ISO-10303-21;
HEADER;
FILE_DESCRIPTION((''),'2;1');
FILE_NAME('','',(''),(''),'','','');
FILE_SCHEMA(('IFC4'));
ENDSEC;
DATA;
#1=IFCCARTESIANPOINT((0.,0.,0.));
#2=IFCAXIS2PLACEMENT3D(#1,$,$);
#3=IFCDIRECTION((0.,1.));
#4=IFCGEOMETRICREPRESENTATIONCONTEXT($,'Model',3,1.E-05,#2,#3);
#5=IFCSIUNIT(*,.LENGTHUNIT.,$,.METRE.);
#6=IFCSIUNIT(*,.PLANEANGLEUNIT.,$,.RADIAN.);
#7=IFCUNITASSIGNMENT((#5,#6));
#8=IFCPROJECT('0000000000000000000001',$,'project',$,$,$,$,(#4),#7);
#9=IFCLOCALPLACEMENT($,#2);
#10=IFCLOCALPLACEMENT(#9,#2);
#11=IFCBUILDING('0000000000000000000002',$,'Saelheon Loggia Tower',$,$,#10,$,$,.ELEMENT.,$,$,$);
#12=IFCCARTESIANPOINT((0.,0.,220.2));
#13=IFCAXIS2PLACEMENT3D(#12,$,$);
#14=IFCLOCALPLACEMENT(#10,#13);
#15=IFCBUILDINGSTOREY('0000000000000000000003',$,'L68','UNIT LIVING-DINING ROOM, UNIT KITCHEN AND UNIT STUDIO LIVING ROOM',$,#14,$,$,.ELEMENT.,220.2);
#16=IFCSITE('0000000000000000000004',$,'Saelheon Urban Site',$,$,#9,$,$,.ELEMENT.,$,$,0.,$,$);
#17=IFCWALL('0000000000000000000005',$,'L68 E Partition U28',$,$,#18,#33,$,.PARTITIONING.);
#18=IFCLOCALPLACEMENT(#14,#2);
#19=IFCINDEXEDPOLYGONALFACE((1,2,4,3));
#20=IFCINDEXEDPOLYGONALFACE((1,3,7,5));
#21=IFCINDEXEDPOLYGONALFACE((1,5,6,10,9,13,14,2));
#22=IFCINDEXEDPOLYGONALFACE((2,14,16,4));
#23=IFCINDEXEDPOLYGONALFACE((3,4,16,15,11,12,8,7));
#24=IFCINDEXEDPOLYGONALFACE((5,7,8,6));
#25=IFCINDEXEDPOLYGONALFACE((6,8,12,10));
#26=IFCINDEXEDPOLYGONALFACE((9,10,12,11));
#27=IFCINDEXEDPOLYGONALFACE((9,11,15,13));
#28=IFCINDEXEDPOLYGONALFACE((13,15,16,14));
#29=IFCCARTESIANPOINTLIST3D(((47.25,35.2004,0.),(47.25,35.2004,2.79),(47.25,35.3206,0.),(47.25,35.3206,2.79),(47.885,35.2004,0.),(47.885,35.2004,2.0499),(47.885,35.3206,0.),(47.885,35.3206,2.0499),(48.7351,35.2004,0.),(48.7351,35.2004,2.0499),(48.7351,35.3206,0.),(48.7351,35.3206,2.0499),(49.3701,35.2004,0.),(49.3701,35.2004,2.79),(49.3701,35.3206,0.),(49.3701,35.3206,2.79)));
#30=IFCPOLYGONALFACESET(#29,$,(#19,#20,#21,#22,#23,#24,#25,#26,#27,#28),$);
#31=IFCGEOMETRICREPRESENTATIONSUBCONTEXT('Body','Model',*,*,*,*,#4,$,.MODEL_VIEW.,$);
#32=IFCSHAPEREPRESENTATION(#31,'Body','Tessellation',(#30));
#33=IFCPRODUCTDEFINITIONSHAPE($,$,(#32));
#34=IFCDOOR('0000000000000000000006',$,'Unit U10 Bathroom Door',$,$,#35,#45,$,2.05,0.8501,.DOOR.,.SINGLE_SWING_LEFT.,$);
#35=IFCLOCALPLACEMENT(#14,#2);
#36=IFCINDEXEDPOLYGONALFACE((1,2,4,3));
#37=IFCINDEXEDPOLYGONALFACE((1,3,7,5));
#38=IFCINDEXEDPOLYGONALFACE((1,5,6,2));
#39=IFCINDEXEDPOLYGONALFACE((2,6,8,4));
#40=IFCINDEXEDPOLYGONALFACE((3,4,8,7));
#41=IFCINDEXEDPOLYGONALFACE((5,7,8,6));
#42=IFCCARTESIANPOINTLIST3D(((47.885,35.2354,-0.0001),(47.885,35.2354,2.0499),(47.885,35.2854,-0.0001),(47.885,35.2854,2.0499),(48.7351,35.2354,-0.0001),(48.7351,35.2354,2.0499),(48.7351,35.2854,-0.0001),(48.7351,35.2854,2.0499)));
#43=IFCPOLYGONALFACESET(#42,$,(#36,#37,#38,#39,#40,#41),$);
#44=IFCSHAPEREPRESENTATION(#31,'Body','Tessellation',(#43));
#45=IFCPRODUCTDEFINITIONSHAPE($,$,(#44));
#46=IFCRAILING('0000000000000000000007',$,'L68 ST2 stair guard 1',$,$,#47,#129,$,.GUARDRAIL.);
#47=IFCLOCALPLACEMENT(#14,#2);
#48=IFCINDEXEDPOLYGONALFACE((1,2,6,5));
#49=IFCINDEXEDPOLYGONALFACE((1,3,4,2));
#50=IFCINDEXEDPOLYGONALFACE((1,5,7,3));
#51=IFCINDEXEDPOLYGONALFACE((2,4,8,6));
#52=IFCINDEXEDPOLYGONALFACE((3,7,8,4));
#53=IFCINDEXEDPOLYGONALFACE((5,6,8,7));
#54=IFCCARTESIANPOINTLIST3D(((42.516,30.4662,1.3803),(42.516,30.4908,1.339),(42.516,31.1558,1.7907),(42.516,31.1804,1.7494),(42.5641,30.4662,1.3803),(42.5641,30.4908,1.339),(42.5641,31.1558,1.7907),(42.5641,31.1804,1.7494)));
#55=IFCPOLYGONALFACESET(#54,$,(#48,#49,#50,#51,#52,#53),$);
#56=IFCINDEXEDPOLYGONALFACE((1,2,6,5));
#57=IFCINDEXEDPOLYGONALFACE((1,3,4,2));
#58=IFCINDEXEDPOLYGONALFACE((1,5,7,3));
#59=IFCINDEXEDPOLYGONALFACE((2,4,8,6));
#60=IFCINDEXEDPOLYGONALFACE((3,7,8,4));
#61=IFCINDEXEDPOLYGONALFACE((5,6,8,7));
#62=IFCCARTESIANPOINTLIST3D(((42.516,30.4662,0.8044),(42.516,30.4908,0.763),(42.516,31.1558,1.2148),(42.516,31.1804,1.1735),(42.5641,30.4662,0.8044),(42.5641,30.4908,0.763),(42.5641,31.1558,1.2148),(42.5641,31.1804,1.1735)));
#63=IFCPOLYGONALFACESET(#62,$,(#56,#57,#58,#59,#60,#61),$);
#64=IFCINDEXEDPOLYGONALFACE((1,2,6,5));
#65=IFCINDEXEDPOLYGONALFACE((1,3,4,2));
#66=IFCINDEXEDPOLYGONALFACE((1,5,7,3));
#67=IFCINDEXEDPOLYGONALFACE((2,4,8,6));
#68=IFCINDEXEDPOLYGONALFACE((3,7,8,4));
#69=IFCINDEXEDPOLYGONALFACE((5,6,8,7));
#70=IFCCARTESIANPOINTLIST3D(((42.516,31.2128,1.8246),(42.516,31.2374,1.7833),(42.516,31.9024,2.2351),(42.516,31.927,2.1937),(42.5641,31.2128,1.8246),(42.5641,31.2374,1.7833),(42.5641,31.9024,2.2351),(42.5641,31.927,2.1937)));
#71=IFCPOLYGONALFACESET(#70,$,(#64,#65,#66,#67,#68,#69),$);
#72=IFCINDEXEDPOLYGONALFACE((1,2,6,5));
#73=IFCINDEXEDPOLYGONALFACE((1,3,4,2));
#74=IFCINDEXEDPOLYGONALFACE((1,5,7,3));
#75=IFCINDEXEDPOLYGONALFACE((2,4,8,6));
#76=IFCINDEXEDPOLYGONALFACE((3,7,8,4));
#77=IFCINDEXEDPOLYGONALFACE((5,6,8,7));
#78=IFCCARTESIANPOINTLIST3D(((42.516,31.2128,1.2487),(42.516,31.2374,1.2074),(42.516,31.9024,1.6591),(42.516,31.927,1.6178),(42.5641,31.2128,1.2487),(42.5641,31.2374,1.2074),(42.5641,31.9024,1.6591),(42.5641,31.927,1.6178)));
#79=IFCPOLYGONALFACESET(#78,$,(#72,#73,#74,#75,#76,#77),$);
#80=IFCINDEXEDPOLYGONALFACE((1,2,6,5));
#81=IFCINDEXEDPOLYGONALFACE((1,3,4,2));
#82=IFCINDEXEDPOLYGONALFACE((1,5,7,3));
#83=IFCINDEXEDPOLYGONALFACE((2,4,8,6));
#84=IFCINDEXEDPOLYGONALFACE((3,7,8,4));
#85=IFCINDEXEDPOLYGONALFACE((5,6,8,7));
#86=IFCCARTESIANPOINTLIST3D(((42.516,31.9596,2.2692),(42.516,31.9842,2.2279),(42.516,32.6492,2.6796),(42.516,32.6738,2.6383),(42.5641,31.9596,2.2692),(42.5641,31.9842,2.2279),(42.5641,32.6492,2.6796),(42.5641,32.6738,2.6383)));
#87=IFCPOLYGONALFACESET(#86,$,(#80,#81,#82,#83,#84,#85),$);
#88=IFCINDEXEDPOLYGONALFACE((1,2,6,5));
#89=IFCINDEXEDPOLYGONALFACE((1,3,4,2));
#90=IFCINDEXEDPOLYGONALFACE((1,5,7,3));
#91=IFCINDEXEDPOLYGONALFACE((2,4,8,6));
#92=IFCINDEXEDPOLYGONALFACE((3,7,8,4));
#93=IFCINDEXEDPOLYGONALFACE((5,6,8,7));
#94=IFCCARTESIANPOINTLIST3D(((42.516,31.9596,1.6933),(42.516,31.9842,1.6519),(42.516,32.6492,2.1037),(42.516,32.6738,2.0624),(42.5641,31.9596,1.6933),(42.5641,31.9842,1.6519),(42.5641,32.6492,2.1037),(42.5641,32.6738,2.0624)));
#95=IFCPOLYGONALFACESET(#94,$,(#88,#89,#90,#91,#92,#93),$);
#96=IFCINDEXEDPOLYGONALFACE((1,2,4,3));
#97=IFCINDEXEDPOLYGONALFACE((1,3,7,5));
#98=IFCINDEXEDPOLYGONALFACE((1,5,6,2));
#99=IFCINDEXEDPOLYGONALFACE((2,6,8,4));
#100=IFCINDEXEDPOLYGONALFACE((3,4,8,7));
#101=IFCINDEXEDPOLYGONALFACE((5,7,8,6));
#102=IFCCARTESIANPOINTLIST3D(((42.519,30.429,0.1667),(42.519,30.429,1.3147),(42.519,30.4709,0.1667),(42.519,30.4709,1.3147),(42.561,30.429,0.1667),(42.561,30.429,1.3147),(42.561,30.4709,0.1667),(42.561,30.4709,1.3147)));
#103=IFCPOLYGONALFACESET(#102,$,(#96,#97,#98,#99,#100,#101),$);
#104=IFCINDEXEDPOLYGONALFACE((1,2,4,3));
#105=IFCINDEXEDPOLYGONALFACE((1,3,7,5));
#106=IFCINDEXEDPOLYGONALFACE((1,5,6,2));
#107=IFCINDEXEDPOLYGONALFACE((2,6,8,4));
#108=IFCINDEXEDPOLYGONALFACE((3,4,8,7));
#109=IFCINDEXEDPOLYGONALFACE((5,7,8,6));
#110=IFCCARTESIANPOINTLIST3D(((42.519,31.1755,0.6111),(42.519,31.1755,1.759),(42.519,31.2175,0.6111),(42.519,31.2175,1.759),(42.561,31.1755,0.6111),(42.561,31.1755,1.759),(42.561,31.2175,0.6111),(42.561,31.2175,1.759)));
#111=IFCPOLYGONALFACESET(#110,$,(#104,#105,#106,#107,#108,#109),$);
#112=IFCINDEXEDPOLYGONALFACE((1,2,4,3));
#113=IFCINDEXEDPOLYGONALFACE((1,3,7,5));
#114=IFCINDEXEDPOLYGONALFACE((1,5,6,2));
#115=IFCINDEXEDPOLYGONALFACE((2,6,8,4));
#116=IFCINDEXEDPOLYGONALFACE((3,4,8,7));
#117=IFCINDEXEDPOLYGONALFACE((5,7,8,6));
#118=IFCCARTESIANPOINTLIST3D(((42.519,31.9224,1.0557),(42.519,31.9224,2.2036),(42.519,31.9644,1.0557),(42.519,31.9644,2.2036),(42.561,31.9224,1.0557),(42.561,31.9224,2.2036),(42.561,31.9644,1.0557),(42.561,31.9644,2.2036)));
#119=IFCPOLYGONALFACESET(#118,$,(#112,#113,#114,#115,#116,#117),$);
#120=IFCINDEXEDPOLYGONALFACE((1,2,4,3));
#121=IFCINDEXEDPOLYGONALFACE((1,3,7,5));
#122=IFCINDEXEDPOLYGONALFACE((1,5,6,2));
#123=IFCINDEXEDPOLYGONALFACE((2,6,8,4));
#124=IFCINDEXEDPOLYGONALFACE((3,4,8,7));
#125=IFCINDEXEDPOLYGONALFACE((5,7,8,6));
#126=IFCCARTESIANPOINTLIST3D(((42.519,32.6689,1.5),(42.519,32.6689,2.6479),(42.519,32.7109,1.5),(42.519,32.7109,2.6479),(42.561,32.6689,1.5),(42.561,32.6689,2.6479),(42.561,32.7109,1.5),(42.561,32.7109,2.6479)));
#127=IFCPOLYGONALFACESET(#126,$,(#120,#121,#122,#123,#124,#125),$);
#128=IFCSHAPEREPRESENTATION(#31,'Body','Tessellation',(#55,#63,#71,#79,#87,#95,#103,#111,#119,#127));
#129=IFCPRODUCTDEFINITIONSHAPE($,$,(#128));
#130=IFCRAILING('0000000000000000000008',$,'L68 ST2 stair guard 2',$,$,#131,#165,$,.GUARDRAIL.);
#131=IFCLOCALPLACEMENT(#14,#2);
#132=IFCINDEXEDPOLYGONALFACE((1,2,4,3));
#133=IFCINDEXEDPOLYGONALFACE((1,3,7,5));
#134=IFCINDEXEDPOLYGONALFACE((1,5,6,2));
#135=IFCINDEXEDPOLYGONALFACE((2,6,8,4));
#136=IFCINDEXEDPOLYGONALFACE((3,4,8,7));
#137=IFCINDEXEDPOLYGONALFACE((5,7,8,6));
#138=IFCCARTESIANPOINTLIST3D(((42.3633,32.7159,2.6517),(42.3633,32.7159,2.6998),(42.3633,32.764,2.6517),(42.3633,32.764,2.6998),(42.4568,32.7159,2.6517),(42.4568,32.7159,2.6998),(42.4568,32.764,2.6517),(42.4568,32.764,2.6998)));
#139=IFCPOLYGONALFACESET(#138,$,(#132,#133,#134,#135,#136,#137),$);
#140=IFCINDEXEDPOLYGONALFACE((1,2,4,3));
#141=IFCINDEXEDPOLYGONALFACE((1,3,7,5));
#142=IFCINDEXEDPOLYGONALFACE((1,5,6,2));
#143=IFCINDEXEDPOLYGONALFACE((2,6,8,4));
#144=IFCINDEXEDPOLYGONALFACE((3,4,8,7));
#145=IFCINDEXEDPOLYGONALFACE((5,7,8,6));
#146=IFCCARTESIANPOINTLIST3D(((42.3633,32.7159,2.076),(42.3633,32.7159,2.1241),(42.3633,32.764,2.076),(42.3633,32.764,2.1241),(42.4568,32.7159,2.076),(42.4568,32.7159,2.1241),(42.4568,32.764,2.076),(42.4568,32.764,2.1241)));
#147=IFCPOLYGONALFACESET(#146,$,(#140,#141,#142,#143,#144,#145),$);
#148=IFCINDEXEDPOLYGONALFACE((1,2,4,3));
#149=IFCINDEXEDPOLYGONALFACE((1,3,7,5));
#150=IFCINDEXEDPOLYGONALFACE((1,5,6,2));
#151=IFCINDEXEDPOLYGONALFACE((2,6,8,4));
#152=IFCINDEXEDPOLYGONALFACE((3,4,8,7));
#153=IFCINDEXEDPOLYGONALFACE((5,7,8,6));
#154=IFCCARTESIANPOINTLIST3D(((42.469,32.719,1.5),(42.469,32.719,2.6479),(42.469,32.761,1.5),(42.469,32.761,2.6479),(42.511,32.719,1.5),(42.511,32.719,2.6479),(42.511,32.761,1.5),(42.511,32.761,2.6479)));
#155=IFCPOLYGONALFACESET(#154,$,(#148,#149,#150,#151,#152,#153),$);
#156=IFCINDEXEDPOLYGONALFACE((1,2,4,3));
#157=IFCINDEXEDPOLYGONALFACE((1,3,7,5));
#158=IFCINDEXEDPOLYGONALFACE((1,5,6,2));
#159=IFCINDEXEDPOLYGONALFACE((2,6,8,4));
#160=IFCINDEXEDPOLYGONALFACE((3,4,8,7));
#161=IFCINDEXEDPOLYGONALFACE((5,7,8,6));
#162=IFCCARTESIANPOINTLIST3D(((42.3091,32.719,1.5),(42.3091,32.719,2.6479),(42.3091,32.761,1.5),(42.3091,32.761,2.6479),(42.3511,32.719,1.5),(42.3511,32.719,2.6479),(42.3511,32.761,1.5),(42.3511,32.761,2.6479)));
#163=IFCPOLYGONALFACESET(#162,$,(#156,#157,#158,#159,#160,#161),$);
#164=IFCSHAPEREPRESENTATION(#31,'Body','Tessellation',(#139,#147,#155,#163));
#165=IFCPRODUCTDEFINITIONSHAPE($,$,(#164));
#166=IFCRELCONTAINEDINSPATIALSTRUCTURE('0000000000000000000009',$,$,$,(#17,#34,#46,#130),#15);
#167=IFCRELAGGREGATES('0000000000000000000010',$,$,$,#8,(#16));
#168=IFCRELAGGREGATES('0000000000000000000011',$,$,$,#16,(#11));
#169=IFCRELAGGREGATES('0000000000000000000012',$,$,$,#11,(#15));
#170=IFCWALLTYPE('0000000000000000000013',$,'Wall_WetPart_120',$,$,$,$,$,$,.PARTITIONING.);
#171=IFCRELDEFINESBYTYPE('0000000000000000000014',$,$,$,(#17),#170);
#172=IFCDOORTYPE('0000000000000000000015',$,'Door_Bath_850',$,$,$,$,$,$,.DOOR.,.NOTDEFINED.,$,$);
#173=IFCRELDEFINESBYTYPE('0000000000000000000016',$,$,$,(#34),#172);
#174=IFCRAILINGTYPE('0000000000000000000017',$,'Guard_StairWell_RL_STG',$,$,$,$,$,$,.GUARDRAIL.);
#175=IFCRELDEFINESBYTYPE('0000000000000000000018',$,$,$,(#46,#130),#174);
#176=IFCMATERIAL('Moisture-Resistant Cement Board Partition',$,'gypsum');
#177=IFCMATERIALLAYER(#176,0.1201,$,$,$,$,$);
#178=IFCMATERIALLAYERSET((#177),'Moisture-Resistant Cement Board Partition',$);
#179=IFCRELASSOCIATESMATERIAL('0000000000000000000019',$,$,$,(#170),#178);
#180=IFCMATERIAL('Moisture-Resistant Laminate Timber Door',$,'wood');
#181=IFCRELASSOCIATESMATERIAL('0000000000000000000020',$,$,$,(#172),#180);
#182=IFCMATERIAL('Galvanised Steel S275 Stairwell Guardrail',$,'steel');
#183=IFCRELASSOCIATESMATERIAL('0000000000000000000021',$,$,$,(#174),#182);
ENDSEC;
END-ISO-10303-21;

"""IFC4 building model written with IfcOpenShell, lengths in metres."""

from ifc_helpers import new_model, si_unit, direction, frame, frame_2d, origin, origin_2d, place, context, subcontext, project, spatial, rectangle, extrude, source, transform, mapped, material, layer, layer_set, type_object, element, fill, save


model = new_model("IFC4")

# Units and contexts
model_context = context("Model", 3, precision=1e-05, world=origin(), true_north=direction((0.0, 1.0)))
body_context = subcontext(model_context, "Body", "Model", "MODEL_VIEW")
ifc_project = project(units=[si_unit("LENGTHUNIT", "METRE"), si_unit("PLANEANGLEUNIT", "RADIAN")], contexts=[model_context])

# Site, building, storey
site_placement = place(None, origin())
site = spatial("IfcSite", under=ifc_project, at=site_placement, Name="Saelheon Urban Site", CompositionType="ELEMENT", RefElevation=0.0)
building_placement = place(site_placement, origin())
building = spatial("IfcBuilding", under=site, at=building_placement, Name="Saelheon Loggia Tower", CompositionType="ELEMENT")
storey_placement = place(building_placement, frame((0.0, 0.0, 220.2)))
storey = spatial("IfcBuildingStorey", under=building, at=storey_placement, Name="L68", Description="UNIT LIVING-DINING ROOM, UNIT KITCHEN AND UNIT STUDIO LIVING ROOM", CompositionType="ELEMENT", Elevation=220.2)

# Shared definitions
ifc_material_1 = material(Name="Moisture-Resistant Cement Board Partition", Category="gypsum")
ifc_layer_1 = layer(ifc_material_1, 0.1201)
ifc_layer_set_1 = layer_set([ifc_layer_1], Name="Moisture-Resistant Cement Board Partition")
wall_type_1 = type_object("IfcWallType", Name="Wall_WetPart_120", PredefinedType="PARTITIONING", material=ifc_layer_set_1)

# Wall, opening, door
wall_1_placement = place(storey_placement, frame((47.25, 35.2605, 0.0), z_axis=(0.0, 0.0, 1.0), x_axis=(1.0, 0.0, 0.0)))
wall_1 = element("IfcWall", 1, at=wall_1_placement, inside=storey, type_object=wall_type_1, Name="L68 E Partition U28", PredefinedType="PARTITIONING", context=body_context, shape_type="SweptSolid", body=[
    extrude(rectangle(XDim=2.1201, YDim=0.1201, at=frame_2d((1.0601, 0.0))), origin(), (0.0, 0.0, 1.0), 2.79),
])
opening_1_placement = place(wall_1_placement, frame((0.635, 0.0, 0.0)))
opening_1 = element("IfcOpeningElement", 2, at=opening_1_placement, cuts=wall_1, PredefinedType="OPENING", context=body_context, shape_type="SweptSolid", body=[
    extrude(rectangle(XDim=0.8501, YDim=2.05, at=frame_2d((0.425, 1.0249))), frame((0.0, 0.072, 0.0), z_axis=(0.0, -1.0, 0.0), x_axis=(1.0, 0.0, 0.0)), (0.0, 0.0, 1.0), 0.144),
])
ifc_material_2 = material(Name="Moisture-Resistant Laminate Timber Door", Category="wood")
door_type_1 = type_object("IfcDoorType", Name="Door_Bath_850", OperationType="NOTDEFINED", PredefinedType="DOOR", material=ifc_material_2)
shared_shape_1 = source(origin(), body_context, "Body", "SweptSolid", [
    extrude(rectangle(XDim=0.8501, YDim=2.05, at=frame_2d((0.425, 1.0249))), frame((0.0, 0.0249, 0.0), z_axis=(0.0, -1.0, 0.0), x_axis=(1.0, 0.0, 0.0)), (0.0, 0.0, 1.0), 0.05),
])
door_1_placement = place(opening_1_placement, origin())
door_1 = element("IfcDoor", 3, at=door_1_placement, inside=storey, type_object=door_type_1, Name="Unit U10 Bathroom Door", OperationType="SINGLE_SWING_LEFT", OverallHeight=2.05, OverallWidth=0.8501, PredefinedType="DOOR", context=body_context, shape_type="MappedRepresentation", body=[
    mapped(shared_shape_1, transform((0.0, 0.0, 0.0), scale=1.0)),
])
fill(opening_1, door_1)

# Railings
ifc_material_3 = material(Name="Galvanised Steel S275 Stairwell Guardrail", Category="steel")
railing_type_1 = type_object("IfcRailingType", Name="Guard_StairWell_RL_STG", PredefinedType="GUARDRAIL", material=ifc_material_3)
railing_1_placement = place(storey_placement, frame((42.54, 30.45, 0.1667)))
element("IfcRailing", 4, at=railing_1_placement, inside=storey, type_object=railing_type_1, Name="L68 ST2 stair guard 1", PredefinedType="GUARDRAIL", context=body_context, shape_type="SweptSolid", body=[
    extrude(rectangle(XDim=0.0481, YDim=0.0481, at=origin_2d()), frame((0.0, 0.0286, 1.1929), z_axis=(0.0, 0.859306, 0.511462), x_axis=(-1.0, 0.0, 0.0)), (0.0, 0.0, 1.0), 0.8025),
    extrude(rectangle(XDim=0.0481, YDim=0.0481, at=origin_2d()), frame((0.0, 0.0286, 0.6169), z_axis=(0.0, 0.859306, 0.511462), x_axis=(-1.0, 0.0, 0.0)), (0.0, 0.0, 1.0), 0.8025),
    extrude(rectangle(XDim=0.0481, YDim=0.0481, at=origin_2d()), frame((0.0, 0.7751, 1.6372), z_axis=(0.0, 0.859306, 0.511462), x_axis=(-1.0, 0.0, 0.0)), (0.0, 0.0, 1.0), 0.8025),
    extrude(rectangle(XDim=0.0481, YDim=0.0481, at=origin_2d()), frame((0.0, 0.7751, 1.0613), z_axis=(0.0, 0.859306, 0.511462), x_axis=(-1.0, 0.0, 0.0)), (0.0, 0.0, 1.0), 0.8025),
    extrude(rectangle(XDim=0.0481, YDim=0.0481, at=origin_2d()), frame((0.0, 1.522, 2.0818), z_axis=(0.0, 0.859306, 0.511462), x_axis=(-1.0, 0.0, 0.0)), (0.0, 0.0, 1.0), 0.8025),
    extrude(rectangle(XDim=0.0481, YDim=0.0481, at=origin_2d()), frame((0.0, 1.522, 1.5059), z_axis=(0.0, 0.859306, 0.511462), x_axis=(-1.0, 0.0, 0.0)), (0.0, 0.0, 1.0), 0.8025),
    extrude(rectangle(XDim=0.042, YDim=0.042, at=origin_2d()), origin(), (0.0, 0.0, 1.0), 1.1479),
    extrude(rectangle(XDim=0.042, YDim=0.042, at=origin_2d()), frame((0.0, 0.7466, 0.4443)), (0.0, 0.0, 1.0), 1.1479),
    extrude(rectangle(XDim=0.042, YDim=0.042, at=origin_2d()), frame((0.0, 1.4934, 0.8889)), (0.0, 0.0, 1.0), 1.1479),
    extrude(rectangle(XDim=0.042, YDim=0.042, at=origin_2d()), frame((0.0, 2.24, 1.3333)), (0.0, 0.0, 1.0), 1.1479),
])
railing_2_placement = place(storey_placement, frame((42.49, 32.74, 1.5)))
element("IfcRailing", 5, at=railing_2_placement, inside=storey, type_object=railing_type_1, Name="L68 ST2 stair guard 2", PredefinedType="GUARDRAIL", context=body_context, shape_type="SweptSolid", body=[
    extrude(rectangle(XDim=0.0481, YDim=0.0481, at=origin_2d()), frame((-0.0332, 0.0, 1.1758), z_axis=(-1.0, 0.0, 0.0), x_axis=(0.0, -1.0, 0.0)), (0.0, 0.0, 1.0), 0.0935),
    extrude(rectangle(XDim=0.0481, YDim=0.0481, at=origin_2d()), frame((-0.0332, 0.0, 0.6001), z_axis=(-1.0, 0.0, 0.0), x_axis=(0.0, -1.0, 0.0)), (0.0, 0.0, 1.0), 0.0935),
    extrude(rectangle(XDim=0.042, YDim=0.042, at=origin_2d()), origin(), (0.0, 0.0, 1.0), 1.1479),
    extrude(rectangle(XDim=0.042, YDim=0.042, at=origin_2d()), frame((-0.1599, 0.0, 0.0)), (0.0, 0.0, 1.0), 1.1479),
])

save(model, "model.ifc")
